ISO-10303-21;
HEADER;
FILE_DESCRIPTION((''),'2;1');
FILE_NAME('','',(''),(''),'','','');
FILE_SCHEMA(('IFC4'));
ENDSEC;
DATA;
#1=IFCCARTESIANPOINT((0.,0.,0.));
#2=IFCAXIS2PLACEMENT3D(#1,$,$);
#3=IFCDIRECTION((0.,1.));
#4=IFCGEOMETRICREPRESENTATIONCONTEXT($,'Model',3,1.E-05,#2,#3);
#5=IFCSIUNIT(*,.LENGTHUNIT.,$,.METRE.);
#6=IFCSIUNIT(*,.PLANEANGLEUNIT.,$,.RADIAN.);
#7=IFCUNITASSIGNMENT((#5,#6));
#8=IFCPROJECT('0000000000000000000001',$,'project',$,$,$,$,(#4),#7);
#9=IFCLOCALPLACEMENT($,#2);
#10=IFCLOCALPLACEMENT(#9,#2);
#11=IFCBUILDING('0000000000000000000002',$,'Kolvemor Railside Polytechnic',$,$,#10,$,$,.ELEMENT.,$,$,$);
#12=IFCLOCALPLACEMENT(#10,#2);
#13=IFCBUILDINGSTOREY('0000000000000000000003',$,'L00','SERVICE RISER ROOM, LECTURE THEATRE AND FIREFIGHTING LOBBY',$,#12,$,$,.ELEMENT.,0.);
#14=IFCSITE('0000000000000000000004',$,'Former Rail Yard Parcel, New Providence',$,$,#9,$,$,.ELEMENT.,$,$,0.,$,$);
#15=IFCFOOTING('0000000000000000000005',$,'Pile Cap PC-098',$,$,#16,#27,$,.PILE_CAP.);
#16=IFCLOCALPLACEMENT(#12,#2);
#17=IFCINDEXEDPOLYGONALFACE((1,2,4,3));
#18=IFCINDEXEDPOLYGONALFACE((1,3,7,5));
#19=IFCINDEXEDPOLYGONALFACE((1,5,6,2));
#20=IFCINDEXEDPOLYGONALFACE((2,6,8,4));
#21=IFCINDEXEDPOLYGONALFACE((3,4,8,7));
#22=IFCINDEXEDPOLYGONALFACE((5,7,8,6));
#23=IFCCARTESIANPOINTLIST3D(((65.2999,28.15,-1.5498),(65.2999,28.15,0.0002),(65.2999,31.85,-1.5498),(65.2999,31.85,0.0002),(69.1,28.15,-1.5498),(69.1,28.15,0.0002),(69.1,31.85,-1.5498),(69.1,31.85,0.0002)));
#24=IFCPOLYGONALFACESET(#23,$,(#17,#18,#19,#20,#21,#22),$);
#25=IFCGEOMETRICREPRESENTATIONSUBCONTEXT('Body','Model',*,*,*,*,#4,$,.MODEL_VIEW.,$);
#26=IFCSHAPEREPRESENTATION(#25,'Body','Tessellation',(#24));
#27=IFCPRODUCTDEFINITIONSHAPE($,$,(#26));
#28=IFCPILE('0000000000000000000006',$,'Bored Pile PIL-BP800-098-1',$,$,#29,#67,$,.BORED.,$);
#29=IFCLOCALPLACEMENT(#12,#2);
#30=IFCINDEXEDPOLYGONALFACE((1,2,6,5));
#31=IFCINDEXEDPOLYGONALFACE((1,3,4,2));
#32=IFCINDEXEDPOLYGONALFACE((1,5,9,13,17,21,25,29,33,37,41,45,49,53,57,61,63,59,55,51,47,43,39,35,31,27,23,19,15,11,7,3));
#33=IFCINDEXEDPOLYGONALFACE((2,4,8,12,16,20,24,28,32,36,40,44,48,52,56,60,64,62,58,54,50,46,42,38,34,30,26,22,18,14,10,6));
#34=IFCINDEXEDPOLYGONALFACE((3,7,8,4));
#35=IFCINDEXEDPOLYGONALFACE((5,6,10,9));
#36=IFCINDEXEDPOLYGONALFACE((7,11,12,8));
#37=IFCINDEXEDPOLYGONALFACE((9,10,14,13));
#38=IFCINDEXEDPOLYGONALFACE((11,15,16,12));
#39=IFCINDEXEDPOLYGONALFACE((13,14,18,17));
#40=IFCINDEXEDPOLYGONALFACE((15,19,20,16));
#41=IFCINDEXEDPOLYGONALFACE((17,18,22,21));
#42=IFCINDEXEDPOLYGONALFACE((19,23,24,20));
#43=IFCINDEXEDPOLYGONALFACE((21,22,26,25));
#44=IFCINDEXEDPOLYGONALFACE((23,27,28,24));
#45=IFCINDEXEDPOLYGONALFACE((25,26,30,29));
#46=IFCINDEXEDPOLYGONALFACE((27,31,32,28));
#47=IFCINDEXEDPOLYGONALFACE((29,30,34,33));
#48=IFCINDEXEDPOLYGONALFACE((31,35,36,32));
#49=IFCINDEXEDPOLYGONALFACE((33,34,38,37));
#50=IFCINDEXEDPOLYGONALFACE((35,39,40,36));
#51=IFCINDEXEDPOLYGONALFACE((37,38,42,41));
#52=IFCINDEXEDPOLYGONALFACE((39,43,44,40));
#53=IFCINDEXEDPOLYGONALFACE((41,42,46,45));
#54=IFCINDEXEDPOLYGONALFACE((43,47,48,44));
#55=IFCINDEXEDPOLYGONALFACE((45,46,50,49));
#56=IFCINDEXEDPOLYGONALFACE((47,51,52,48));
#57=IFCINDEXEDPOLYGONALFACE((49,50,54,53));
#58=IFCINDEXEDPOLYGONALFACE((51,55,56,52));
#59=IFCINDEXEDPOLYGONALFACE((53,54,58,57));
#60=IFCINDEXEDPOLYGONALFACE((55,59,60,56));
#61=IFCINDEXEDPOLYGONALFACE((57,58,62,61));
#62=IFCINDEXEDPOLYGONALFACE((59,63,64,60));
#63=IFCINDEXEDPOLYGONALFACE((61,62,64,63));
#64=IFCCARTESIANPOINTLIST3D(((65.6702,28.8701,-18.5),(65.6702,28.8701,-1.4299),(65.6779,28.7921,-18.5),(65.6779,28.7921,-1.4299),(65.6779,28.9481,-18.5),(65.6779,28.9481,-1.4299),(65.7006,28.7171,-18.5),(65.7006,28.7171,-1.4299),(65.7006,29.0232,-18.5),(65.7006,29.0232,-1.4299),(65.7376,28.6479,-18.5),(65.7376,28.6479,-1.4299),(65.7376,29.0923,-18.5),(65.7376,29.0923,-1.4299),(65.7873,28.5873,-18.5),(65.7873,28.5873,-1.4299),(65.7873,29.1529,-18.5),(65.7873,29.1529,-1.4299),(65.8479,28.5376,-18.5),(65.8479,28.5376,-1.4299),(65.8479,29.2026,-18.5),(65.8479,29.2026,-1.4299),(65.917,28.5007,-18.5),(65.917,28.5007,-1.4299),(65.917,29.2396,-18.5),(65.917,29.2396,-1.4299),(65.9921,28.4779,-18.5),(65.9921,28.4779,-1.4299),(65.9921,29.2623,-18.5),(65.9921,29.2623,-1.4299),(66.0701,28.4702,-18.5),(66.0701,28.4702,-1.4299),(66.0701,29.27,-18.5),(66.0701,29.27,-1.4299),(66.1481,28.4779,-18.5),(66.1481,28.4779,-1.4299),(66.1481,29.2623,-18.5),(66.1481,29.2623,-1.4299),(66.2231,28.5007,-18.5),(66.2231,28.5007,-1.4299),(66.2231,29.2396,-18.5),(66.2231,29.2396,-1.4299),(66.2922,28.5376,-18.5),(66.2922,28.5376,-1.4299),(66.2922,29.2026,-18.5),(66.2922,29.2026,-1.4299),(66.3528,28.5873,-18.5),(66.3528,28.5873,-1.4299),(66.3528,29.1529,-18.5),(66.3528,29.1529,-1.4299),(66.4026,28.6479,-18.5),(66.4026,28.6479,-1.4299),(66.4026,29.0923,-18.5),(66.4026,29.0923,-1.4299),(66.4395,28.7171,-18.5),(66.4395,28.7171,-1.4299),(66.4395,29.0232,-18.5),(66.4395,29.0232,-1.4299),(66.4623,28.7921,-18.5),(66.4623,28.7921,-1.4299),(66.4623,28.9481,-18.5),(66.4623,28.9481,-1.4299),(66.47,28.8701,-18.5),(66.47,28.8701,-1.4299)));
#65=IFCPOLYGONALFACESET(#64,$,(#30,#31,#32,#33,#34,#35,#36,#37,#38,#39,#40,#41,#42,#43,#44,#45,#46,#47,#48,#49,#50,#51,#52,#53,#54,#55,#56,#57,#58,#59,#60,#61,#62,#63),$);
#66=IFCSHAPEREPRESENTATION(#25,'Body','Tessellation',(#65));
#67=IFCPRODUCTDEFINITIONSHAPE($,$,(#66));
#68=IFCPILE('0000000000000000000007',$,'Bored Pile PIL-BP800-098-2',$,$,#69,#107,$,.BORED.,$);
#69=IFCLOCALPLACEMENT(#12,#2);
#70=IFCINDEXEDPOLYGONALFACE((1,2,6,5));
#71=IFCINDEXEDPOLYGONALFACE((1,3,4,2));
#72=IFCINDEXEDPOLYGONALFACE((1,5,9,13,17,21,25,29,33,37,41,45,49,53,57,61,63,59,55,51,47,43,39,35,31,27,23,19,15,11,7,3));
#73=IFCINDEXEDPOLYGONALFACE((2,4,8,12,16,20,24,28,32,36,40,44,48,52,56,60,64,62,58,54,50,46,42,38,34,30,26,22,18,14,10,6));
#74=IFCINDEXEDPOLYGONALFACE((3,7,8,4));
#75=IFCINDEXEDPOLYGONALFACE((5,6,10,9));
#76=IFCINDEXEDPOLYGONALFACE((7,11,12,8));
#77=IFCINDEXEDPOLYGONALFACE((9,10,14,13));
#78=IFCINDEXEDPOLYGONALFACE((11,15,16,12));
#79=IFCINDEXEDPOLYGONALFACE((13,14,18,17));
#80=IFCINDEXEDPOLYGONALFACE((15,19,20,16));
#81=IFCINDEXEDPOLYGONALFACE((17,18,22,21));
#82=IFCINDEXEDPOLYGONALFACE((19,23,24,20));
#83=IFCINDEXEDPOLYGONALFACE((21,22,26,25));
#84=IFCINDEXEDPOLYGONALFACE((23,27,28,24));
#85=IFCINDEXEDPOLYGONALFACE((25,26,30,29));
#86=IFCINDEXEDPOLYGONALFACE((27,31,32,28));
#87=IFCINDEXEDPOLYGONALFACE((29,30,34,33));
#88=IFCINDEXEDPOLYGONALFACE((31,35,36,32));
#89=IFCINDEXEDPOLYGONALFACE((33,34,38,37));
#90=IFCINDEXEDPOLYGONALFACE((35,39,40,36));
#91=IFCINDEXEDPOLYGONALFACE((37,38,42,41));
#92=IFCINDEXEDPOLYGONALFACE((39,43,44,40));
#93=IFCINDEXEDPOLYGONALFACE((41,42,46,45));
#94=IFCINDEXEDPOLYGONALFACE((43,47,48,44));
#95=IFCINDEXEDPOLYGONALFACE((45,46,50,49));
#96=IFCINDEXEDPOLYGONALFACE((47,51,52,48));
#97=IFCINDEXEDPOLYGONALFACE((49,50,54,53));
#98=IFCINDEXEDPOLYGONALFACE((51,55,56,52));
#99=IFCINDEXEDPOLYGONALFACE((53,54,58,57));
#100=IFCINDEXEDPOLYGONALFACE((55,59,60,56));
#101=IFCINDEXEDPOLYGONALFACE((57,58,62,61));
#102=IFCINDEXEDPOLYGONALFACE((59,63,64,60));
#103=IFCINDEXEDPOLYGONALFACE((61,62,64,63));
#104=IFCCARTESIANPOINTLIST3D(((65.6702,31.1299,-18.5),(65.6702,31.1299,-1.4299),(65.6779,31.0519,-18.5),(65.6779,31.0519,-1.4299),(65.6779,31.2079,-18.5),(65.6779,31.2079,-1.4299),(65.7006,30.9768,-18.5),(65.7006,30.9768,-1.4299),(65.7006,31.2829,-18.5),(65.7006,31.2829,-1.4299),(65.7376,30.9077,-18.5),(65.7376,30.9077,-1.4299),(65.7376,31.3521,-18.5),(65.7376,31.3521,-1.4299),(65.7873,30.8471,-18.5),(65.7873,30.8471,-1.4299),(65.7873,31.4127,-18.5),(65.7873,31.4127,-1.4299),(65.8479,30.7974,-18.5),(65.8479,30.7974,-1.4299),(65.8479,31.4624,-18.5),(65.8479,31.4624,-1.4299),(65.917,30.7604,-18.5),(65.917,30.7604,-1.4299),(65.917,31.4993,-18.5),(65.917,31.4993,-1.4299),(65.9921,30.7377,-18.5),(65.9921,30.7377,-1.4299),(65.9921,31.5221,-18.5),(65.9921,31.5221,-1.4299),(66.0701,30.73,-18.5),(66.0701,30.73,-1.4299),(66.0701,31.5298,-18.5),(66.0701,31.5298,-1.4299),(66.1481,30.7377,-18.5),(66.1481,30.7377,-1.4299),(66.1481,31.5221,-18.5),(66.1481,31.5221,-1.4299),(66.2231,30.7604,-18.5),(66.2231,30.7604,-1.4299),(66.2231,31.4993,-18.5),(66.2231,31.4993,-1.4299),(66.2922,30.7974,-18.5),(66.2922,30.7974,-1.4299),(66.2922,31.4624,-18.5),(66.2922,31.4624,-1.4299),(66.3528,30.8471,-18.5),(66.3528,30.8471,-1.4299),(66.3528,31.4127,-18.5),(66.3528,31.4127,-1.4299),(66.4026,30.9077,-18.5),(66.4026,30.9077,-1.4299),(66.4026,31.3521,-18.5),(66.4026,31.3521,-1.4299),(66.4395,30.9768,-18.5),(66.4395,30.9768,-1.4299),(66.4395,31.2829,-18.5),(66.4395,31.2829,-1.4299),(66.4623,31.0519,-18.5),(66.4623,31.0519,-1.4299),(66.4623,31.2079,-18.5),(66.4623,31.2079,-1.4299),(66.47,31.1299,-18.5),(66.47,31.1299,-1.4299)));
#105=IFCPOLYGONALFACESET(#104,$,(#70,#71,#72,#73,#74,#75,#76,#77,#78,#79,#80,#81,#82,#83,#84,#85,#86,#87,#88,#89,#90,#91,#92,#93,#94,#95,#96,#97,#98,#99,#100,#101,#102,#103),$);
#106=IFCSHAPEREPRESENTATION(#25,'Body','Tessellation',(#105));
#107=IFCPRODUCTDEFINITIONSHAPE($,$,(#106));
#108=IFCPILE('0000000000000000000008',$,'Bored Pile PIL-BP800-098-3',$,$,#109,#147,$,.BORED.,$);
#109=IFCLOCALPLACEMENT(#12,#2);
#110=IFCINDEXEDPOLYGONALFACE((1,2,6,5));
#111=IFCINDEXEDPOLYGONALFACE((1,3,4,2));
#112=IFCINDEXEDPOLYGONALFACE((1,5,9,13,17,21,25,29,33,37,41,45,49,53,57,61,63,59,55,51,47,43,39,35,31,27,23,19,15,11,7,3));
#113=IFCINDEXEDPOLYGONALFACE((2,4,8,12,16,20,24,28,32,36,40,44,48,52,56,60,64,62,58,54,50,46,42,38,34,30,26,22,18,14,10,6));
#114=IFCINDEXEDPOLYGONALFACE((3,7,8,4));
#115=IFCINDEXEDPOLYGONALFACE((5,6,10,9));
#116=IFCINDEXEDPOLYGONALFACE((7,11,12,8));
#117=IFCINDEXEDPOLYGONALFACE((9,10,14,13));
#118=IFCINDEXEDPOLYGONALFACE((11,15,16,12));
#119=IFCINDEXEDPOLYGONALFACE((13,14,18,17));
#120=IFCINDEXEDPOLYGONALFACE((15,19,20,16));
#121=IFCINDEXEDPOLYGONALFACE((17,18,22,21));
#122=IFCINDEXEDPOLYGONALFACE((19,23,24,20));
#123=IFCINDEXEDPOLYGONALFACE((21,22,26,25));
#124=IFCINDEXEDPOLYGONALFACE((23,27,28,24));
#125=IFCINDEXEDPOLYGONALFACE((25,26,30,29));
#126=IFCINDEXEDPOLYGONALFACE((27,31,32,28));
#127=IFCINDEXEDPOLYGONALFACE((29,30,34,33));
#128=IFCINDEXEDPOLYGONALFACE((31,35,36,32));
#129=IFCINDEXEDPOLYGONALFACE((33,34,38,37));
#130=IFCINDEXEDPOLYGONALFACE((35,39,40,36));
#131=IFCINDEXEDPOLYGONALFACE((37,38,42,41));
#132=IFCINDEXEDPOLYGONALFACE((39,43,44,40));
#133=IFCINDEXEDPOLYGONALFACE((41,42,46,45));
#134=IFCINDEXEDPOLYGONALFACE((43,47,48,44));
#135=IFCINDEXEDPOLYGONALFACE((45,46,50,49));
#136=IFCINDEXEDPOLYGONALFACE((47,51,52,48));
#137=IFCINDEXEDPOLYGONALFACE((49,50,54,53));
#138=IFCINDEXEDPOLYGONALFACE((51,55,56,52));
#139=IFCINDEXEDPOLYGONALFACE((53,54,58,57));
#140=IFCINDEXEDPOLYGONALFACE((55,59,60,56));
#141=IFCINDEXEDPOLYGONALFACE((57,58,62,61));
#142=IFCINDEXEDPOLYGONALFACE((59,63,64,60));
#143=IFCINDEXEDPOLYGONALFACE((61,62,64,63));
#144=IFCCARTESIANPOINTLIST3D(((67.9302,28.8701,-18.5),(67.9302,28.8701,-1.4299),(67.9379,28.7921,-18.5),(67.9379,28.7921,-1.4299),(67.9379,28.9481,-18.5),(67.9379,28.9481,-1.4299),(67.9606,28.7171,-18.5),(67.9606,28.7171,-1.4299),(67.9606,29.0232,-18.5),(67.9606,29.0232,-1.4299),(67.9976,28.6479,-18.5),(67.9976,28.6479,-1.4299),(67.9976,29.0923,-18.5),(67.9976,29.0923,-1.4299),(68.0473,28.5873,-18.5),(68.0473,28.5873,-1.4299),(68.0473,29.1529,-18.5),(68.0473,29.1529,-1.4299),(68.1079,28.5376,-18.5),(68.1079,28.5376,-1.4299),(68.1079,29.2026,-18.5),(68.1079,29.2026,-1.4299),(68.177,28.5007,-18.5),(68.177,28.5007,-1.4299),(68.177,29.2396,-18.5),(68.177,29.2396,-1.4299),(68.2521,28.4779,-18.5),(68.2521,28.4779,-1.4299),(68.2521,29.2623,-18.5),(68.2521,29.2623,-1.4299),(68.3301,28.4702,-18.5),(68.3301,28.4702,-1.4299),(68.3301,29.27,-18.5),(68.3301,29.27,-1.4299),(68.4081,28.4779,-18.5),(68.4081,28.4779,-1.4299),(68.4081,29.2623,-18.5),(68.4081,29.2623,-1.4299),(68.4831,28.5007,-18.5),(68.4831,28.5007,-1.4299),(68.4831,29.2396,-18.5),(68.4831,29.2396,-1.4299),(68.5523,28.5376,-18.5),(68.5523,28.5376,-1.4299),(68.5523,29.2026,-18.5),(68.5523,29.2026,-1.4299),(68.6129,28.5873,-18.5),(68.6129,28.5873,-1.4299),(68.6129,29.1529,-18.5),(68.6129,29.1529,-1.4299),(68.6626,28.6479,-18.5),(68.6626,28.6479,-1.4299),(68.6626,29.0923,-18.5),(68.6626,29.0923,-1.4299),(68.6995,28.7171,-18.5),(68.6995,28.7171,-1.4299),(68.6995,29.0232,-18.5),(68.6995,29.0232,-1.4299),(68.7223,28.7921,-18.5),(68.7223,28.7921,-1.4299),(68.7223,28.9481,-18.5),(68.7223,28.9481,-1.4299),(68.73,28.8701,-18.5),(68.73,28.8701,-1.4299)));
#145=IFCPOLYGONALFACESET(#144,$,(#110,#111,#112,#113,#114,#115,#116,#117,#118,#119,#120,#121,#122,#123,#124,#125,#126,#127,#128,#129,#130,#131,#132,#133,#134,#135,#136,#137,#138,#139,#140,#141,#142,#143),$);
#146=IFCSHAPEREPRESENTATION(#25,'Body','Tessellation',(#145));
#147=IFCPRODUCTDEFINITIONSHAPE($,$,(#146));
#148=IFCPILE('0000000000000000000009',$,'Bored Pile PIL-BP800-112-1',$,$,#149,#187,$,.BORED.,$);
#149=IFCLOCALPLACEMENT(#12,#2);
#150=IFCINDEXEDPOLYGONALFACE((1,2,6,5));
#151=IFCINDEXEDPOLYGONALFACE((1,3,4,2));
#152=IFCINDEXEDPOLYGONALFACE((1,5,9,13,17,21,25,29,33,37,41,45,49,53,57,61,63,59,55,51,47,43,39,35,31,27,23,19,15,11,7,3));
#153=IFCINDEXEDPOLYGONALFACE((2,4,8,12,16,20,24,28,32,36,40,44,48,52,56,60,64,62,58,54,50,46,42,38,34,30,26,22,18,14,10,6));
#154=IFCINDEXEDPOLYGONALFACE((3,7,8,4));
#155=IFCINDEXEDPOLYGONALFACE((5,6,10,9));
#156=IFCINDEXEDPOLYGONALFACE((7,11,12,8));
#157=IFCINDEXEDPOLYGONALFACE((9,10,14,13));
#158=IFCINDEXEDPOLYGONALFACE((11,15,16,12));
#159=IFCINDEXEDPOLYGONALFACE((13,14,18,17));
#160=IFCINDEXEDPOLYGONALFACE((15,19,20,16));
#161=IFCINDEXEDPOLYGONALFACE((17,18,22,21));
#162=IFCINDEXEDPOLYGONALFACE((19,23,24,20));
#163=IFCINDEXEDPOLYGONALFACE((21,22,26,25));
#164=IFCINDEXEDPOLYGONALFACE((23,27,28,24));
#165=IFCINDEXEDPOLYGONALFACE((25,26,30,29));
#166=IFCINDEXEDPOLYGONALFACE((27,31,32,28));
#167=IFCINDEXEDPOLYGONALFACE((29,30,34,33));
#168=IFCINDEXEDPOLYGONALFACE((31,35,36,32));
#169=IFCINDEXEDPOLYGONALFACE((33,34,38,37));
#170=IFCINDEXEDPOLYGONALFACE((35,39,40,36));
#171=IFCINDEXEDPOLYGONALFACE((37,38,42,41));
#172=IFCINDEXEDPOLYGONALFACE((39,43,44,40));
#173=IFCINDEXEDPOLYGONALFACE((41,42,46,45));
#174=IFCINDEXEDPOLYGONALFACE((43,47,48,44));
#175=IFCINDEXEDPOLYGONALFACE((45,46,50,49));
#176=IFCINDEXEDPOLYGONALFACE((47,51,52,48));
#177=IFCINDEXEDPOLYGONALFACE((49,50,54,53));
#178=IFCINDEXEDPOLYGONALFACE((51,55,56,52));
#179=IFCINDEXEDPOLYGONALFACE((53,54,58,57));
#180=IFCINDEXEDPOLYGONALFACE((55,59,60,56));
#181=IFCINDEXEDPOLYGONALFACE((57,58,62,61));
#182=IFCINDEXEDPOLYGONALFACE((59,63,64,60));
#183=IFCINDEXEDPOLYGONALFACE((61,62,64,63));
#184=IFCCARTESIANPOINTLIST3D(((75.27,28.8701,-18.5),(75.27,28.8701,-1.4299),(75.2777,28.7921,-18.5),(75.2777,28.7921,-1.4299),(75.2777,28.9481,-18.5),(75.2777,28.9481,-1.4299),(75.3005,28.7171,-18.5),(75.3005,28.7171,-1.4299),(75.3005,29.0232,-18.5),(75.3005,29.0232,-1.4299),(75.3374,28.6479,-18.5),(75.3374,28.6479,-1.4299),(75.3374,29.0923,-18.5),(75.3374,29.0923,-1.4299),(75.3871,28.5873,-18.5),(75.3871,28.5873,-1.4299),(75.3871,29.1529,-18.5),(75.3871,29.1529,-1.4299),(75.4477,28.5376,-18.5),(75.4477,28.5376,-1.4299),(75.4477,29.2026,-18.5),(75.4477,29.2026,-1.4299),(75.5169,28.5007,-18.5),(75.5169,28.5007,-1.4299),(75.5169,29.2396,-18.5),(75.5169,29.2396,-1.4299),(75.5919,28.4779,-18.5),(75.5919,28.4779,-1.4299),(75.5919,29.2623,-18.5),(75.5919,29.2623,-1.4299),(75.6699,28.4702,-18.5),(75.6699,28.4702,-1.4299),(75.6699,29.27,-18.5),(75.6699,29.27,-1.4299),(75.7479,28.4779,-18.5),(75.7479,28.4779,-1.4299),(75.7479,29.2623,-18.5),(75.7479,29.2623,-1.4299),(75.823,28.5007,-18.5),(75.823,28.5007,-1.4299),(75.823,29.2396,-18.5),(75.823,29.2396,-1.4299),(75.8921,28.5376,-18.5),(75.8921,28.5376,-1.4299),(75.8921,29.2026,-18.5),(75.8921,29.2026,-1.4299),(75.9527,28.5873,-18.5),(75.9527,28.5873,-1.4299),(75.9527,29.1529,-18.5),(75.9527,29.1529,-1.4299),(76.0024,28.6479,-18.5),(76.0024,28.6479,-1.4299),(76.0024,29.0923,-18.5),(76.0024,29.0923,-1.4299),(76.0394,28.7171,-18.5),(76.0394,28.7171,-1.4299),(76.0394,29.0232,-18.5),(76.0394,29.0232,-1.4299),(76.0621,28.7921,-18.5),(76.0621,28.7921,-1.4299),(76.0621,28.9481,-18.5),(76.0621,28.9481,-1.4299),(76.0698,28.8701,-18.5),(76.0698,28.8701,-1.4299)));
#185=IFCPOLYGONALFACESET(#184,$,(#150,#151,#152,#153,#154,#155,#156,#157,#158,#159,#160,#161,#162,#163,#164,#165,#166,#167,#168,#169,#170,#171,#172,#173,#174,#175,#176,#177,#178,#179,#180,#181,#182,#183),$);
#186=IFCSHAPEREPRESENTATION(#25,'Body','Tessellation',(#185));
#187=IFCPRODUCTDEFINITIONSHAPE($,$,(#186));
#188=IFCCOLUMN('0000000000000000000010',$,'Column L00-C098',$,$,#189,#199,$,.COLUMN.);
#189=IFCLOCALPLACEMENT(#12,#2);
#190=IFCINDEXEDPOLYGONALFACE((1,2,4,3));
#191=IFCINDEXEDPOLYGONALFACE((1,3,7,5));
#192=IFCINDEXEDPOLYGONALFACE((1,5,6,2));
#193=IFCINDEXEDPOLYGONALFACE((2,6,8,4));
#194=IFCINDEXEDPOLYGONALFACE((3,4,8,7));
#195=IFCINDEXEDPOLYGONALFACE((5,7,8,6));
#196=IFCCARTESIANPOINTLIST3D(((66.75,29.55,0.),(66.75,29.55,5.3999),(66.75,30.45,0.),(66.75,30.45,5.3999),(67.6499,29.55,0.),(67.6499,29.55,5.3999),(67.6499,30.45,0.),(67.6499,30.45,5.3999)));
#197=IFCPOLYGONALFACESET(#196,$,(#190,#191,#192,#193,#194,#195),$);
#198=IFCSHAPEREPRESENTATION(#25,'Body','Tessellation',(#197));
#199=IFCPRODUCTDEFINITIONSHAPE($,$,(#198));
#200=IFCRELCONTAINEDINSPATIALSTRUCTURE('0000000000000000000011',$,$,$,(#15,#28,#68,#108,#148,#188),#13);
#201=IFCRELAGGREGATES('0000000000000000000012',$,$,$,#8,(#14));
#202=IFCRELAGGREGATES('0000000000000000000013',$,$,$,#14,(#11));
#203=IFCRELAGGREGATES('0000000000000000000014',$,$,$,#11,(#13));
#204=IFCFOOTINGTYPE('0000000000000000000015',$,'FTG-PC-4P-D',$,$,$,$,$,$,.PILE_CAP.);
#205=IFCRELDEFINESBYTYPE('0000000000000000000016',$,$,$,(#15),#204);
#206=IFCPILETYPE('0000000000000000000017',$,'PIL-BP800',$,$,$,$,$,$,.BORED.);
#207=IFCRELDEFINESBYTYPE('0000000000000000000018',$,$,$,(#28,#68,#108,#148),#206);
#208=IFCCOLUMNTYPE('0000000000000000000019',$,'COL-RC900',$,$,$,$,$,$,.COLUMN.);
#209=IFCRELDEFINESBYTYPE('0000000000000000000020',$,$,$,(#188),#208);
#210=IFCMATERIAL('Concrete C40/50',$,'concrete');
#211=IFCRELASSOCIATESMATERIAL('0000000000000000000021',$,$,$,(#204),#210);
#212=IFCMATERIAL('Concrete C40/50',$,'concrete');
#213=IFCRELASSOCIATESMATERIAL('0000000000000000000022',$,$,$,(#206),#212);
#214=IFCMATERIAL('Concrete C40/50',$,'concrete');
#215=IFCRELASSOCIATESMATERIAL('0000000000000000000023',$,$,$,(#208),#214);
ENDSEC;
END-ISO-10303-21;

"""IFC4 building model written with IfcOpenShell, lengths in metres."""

from ifc_helpers import new_model, si_unit, direction, frame, origin, origin_2d, place, context, subcontext, project, spatial, rectangle, circle, extrude, material, material_profile, profile_set, type_object, element, save


model = new_model("IFC4")

# Units and contexts
model_context = context("Model", 3, precision=1e-05, world=origin(), true_north=direction((0.0, 1.0)))
body_context = subcontext(model_context, "Body", "Model", "MODEL_VIEW")
ifc_project = project(units=[si_unit("LENGTHUNIT", "METRE"), si_unit("PLANEANGLEUNIT", "RADIAN")], contexts=[model_context])

# Site, building, storey
site_placement = place(None, origin())
site = spatial("IfcSite", under=ifc_project, at=site_placement, Name="Former Rail Yard Parcel, New Providence", CompositionType="ELEMENT", RefElevation=0.0)
building_placement = place(site_placement, origin())
building = spatial("IfcBuilding", under=site, at=building_placement, Name="Kolvemor Railside Polytechnic", CompositionType="ELEMENT")
storey_placement = place(building_placement, origin())
storey = spatial("IfcBuildingStorey", under=building, at=storey_placement, Name="L00", Description="SERVICE RISER ROOM, LECTURE THEATRE AND FIREFIGHTING LOBBY", CompositionType="ELEMENT", Elevation=0.0)

# Footing
ifc_material_1 = material(Name="Concrete C40/50", Category="concrete")
footing_type = type_object("IfcFootingType", Name="FTG-PC-4P-D", PredefinedType="PILE_CAP", material=ifc_material_1)
footing_placement = place(storey_placement, frame((67.2, 30.0, -1.5498), z_axis=(0.0, 0.0, 1.0), x_axis=(1.0, 0.0, 0.0)))
element("IfcFooting", 1, at=footing_placement, inside=storey, type_object=footing_type, Name="Pile Cap PC-098", PredefinedType="PILE_CAP", context=body_context, shape_type="SweptSolid", body=[
    extrude(rectangle(XDim=3.8, YDim=3.7, at=origin_2d()), origin(), (0.0, 0.0, 1.0), 1.55),
])

# Piles
ifc_material_2 = material(Name="Concrete C40/50", Category="concrete")
ifc_material_profile_1 = material_profile(ifc_material_2, circle(Radius=0.3999, at=origin_2d()), Name="BP800")
ifc_profile_set_1 = profile_set([ifc_material_profile_1], Name="Concrete C40/50")
pile_type = type_object("IfcPileType", Name="PIL-BP800", PredefinedType="BORED", material=ifc_profile_set_1)
for number, where, z_axis, x_axis, name in (
    (2, (66.0701, 28.8701, -1.4299), (0.0, 0.0, -1.0), (1.0, 0.0, 0.0), "Bored Pile PIL-BP800-098-1"),
    (3, (66.0701, 31.1299, -1.4299), (0.0, 0.0, -1.0), (1.0, 0.0, 0.0), "Bored Pile PIL-BP800-098-2"),
    (4, (68.3301, 28.8701, -1.4299), (0.0, 0.0, -1.0), (1.0, 0.0, 0.0), "Bored Pile PIL-BP800-098-3"),
    (5, (75.6699, 28.8701, -1.4299), (0.0, 0.0, -1.0), (1.0, 0.0, 0.0), "Bored Pile PIL-BP800-112-1"),
):
    element("IfcPile", number, at=place(storey_placement, frame(where, z_axis=z_axis, x_axis=x_axis)), inside=storey, type_object=pile_type, Name=name, PredefinedType="BORED", context=body_context, shape_type="SweptSolid", body=[
        extrude(circle(Radius=0.3999, at=origin_2d()), origin(), (0.0, 0.0, 1.0), 17.0701),
    ])

# Column
ifc_material_3 = material(Name="Concrete C40/50", Category="concrete")
ifc_material_profile_2 = material_profile(ifc_material_3, rectangle(XDim=0.8999, YDim=0.8999, at=origin_2d()), Name="RC900x900")
ifc_profile_set_2 = profile_set([ifc_material_profile_2], Name="Concrete C40/50")
column_type = type_object("IfcColumnType", Name="COL-RC900", PredefinedType="COLUMN", material=ifc_profile_set_2)
column_placement = place(storey_placement, frame((67.2, 30.0, 0.0), z_axis=(0.0, 0.0, 1.0), x_axis=(1.0, 0.0, 0.0)))
element("IfcColumn", 6, at=column_placement, inside=storey, type_object=column_type, Name="Column L00-C098", PredefinedType="COLUMN", context=body_context, shape_type="SweptSolid", body=[
    extrude(rectangle(XDim=0.8999, YDim=0.8999, at=origin_2d()), origin(), (0.0, 0.0, 1.0), 5.3999),
])

save(model, "model.ifc")
